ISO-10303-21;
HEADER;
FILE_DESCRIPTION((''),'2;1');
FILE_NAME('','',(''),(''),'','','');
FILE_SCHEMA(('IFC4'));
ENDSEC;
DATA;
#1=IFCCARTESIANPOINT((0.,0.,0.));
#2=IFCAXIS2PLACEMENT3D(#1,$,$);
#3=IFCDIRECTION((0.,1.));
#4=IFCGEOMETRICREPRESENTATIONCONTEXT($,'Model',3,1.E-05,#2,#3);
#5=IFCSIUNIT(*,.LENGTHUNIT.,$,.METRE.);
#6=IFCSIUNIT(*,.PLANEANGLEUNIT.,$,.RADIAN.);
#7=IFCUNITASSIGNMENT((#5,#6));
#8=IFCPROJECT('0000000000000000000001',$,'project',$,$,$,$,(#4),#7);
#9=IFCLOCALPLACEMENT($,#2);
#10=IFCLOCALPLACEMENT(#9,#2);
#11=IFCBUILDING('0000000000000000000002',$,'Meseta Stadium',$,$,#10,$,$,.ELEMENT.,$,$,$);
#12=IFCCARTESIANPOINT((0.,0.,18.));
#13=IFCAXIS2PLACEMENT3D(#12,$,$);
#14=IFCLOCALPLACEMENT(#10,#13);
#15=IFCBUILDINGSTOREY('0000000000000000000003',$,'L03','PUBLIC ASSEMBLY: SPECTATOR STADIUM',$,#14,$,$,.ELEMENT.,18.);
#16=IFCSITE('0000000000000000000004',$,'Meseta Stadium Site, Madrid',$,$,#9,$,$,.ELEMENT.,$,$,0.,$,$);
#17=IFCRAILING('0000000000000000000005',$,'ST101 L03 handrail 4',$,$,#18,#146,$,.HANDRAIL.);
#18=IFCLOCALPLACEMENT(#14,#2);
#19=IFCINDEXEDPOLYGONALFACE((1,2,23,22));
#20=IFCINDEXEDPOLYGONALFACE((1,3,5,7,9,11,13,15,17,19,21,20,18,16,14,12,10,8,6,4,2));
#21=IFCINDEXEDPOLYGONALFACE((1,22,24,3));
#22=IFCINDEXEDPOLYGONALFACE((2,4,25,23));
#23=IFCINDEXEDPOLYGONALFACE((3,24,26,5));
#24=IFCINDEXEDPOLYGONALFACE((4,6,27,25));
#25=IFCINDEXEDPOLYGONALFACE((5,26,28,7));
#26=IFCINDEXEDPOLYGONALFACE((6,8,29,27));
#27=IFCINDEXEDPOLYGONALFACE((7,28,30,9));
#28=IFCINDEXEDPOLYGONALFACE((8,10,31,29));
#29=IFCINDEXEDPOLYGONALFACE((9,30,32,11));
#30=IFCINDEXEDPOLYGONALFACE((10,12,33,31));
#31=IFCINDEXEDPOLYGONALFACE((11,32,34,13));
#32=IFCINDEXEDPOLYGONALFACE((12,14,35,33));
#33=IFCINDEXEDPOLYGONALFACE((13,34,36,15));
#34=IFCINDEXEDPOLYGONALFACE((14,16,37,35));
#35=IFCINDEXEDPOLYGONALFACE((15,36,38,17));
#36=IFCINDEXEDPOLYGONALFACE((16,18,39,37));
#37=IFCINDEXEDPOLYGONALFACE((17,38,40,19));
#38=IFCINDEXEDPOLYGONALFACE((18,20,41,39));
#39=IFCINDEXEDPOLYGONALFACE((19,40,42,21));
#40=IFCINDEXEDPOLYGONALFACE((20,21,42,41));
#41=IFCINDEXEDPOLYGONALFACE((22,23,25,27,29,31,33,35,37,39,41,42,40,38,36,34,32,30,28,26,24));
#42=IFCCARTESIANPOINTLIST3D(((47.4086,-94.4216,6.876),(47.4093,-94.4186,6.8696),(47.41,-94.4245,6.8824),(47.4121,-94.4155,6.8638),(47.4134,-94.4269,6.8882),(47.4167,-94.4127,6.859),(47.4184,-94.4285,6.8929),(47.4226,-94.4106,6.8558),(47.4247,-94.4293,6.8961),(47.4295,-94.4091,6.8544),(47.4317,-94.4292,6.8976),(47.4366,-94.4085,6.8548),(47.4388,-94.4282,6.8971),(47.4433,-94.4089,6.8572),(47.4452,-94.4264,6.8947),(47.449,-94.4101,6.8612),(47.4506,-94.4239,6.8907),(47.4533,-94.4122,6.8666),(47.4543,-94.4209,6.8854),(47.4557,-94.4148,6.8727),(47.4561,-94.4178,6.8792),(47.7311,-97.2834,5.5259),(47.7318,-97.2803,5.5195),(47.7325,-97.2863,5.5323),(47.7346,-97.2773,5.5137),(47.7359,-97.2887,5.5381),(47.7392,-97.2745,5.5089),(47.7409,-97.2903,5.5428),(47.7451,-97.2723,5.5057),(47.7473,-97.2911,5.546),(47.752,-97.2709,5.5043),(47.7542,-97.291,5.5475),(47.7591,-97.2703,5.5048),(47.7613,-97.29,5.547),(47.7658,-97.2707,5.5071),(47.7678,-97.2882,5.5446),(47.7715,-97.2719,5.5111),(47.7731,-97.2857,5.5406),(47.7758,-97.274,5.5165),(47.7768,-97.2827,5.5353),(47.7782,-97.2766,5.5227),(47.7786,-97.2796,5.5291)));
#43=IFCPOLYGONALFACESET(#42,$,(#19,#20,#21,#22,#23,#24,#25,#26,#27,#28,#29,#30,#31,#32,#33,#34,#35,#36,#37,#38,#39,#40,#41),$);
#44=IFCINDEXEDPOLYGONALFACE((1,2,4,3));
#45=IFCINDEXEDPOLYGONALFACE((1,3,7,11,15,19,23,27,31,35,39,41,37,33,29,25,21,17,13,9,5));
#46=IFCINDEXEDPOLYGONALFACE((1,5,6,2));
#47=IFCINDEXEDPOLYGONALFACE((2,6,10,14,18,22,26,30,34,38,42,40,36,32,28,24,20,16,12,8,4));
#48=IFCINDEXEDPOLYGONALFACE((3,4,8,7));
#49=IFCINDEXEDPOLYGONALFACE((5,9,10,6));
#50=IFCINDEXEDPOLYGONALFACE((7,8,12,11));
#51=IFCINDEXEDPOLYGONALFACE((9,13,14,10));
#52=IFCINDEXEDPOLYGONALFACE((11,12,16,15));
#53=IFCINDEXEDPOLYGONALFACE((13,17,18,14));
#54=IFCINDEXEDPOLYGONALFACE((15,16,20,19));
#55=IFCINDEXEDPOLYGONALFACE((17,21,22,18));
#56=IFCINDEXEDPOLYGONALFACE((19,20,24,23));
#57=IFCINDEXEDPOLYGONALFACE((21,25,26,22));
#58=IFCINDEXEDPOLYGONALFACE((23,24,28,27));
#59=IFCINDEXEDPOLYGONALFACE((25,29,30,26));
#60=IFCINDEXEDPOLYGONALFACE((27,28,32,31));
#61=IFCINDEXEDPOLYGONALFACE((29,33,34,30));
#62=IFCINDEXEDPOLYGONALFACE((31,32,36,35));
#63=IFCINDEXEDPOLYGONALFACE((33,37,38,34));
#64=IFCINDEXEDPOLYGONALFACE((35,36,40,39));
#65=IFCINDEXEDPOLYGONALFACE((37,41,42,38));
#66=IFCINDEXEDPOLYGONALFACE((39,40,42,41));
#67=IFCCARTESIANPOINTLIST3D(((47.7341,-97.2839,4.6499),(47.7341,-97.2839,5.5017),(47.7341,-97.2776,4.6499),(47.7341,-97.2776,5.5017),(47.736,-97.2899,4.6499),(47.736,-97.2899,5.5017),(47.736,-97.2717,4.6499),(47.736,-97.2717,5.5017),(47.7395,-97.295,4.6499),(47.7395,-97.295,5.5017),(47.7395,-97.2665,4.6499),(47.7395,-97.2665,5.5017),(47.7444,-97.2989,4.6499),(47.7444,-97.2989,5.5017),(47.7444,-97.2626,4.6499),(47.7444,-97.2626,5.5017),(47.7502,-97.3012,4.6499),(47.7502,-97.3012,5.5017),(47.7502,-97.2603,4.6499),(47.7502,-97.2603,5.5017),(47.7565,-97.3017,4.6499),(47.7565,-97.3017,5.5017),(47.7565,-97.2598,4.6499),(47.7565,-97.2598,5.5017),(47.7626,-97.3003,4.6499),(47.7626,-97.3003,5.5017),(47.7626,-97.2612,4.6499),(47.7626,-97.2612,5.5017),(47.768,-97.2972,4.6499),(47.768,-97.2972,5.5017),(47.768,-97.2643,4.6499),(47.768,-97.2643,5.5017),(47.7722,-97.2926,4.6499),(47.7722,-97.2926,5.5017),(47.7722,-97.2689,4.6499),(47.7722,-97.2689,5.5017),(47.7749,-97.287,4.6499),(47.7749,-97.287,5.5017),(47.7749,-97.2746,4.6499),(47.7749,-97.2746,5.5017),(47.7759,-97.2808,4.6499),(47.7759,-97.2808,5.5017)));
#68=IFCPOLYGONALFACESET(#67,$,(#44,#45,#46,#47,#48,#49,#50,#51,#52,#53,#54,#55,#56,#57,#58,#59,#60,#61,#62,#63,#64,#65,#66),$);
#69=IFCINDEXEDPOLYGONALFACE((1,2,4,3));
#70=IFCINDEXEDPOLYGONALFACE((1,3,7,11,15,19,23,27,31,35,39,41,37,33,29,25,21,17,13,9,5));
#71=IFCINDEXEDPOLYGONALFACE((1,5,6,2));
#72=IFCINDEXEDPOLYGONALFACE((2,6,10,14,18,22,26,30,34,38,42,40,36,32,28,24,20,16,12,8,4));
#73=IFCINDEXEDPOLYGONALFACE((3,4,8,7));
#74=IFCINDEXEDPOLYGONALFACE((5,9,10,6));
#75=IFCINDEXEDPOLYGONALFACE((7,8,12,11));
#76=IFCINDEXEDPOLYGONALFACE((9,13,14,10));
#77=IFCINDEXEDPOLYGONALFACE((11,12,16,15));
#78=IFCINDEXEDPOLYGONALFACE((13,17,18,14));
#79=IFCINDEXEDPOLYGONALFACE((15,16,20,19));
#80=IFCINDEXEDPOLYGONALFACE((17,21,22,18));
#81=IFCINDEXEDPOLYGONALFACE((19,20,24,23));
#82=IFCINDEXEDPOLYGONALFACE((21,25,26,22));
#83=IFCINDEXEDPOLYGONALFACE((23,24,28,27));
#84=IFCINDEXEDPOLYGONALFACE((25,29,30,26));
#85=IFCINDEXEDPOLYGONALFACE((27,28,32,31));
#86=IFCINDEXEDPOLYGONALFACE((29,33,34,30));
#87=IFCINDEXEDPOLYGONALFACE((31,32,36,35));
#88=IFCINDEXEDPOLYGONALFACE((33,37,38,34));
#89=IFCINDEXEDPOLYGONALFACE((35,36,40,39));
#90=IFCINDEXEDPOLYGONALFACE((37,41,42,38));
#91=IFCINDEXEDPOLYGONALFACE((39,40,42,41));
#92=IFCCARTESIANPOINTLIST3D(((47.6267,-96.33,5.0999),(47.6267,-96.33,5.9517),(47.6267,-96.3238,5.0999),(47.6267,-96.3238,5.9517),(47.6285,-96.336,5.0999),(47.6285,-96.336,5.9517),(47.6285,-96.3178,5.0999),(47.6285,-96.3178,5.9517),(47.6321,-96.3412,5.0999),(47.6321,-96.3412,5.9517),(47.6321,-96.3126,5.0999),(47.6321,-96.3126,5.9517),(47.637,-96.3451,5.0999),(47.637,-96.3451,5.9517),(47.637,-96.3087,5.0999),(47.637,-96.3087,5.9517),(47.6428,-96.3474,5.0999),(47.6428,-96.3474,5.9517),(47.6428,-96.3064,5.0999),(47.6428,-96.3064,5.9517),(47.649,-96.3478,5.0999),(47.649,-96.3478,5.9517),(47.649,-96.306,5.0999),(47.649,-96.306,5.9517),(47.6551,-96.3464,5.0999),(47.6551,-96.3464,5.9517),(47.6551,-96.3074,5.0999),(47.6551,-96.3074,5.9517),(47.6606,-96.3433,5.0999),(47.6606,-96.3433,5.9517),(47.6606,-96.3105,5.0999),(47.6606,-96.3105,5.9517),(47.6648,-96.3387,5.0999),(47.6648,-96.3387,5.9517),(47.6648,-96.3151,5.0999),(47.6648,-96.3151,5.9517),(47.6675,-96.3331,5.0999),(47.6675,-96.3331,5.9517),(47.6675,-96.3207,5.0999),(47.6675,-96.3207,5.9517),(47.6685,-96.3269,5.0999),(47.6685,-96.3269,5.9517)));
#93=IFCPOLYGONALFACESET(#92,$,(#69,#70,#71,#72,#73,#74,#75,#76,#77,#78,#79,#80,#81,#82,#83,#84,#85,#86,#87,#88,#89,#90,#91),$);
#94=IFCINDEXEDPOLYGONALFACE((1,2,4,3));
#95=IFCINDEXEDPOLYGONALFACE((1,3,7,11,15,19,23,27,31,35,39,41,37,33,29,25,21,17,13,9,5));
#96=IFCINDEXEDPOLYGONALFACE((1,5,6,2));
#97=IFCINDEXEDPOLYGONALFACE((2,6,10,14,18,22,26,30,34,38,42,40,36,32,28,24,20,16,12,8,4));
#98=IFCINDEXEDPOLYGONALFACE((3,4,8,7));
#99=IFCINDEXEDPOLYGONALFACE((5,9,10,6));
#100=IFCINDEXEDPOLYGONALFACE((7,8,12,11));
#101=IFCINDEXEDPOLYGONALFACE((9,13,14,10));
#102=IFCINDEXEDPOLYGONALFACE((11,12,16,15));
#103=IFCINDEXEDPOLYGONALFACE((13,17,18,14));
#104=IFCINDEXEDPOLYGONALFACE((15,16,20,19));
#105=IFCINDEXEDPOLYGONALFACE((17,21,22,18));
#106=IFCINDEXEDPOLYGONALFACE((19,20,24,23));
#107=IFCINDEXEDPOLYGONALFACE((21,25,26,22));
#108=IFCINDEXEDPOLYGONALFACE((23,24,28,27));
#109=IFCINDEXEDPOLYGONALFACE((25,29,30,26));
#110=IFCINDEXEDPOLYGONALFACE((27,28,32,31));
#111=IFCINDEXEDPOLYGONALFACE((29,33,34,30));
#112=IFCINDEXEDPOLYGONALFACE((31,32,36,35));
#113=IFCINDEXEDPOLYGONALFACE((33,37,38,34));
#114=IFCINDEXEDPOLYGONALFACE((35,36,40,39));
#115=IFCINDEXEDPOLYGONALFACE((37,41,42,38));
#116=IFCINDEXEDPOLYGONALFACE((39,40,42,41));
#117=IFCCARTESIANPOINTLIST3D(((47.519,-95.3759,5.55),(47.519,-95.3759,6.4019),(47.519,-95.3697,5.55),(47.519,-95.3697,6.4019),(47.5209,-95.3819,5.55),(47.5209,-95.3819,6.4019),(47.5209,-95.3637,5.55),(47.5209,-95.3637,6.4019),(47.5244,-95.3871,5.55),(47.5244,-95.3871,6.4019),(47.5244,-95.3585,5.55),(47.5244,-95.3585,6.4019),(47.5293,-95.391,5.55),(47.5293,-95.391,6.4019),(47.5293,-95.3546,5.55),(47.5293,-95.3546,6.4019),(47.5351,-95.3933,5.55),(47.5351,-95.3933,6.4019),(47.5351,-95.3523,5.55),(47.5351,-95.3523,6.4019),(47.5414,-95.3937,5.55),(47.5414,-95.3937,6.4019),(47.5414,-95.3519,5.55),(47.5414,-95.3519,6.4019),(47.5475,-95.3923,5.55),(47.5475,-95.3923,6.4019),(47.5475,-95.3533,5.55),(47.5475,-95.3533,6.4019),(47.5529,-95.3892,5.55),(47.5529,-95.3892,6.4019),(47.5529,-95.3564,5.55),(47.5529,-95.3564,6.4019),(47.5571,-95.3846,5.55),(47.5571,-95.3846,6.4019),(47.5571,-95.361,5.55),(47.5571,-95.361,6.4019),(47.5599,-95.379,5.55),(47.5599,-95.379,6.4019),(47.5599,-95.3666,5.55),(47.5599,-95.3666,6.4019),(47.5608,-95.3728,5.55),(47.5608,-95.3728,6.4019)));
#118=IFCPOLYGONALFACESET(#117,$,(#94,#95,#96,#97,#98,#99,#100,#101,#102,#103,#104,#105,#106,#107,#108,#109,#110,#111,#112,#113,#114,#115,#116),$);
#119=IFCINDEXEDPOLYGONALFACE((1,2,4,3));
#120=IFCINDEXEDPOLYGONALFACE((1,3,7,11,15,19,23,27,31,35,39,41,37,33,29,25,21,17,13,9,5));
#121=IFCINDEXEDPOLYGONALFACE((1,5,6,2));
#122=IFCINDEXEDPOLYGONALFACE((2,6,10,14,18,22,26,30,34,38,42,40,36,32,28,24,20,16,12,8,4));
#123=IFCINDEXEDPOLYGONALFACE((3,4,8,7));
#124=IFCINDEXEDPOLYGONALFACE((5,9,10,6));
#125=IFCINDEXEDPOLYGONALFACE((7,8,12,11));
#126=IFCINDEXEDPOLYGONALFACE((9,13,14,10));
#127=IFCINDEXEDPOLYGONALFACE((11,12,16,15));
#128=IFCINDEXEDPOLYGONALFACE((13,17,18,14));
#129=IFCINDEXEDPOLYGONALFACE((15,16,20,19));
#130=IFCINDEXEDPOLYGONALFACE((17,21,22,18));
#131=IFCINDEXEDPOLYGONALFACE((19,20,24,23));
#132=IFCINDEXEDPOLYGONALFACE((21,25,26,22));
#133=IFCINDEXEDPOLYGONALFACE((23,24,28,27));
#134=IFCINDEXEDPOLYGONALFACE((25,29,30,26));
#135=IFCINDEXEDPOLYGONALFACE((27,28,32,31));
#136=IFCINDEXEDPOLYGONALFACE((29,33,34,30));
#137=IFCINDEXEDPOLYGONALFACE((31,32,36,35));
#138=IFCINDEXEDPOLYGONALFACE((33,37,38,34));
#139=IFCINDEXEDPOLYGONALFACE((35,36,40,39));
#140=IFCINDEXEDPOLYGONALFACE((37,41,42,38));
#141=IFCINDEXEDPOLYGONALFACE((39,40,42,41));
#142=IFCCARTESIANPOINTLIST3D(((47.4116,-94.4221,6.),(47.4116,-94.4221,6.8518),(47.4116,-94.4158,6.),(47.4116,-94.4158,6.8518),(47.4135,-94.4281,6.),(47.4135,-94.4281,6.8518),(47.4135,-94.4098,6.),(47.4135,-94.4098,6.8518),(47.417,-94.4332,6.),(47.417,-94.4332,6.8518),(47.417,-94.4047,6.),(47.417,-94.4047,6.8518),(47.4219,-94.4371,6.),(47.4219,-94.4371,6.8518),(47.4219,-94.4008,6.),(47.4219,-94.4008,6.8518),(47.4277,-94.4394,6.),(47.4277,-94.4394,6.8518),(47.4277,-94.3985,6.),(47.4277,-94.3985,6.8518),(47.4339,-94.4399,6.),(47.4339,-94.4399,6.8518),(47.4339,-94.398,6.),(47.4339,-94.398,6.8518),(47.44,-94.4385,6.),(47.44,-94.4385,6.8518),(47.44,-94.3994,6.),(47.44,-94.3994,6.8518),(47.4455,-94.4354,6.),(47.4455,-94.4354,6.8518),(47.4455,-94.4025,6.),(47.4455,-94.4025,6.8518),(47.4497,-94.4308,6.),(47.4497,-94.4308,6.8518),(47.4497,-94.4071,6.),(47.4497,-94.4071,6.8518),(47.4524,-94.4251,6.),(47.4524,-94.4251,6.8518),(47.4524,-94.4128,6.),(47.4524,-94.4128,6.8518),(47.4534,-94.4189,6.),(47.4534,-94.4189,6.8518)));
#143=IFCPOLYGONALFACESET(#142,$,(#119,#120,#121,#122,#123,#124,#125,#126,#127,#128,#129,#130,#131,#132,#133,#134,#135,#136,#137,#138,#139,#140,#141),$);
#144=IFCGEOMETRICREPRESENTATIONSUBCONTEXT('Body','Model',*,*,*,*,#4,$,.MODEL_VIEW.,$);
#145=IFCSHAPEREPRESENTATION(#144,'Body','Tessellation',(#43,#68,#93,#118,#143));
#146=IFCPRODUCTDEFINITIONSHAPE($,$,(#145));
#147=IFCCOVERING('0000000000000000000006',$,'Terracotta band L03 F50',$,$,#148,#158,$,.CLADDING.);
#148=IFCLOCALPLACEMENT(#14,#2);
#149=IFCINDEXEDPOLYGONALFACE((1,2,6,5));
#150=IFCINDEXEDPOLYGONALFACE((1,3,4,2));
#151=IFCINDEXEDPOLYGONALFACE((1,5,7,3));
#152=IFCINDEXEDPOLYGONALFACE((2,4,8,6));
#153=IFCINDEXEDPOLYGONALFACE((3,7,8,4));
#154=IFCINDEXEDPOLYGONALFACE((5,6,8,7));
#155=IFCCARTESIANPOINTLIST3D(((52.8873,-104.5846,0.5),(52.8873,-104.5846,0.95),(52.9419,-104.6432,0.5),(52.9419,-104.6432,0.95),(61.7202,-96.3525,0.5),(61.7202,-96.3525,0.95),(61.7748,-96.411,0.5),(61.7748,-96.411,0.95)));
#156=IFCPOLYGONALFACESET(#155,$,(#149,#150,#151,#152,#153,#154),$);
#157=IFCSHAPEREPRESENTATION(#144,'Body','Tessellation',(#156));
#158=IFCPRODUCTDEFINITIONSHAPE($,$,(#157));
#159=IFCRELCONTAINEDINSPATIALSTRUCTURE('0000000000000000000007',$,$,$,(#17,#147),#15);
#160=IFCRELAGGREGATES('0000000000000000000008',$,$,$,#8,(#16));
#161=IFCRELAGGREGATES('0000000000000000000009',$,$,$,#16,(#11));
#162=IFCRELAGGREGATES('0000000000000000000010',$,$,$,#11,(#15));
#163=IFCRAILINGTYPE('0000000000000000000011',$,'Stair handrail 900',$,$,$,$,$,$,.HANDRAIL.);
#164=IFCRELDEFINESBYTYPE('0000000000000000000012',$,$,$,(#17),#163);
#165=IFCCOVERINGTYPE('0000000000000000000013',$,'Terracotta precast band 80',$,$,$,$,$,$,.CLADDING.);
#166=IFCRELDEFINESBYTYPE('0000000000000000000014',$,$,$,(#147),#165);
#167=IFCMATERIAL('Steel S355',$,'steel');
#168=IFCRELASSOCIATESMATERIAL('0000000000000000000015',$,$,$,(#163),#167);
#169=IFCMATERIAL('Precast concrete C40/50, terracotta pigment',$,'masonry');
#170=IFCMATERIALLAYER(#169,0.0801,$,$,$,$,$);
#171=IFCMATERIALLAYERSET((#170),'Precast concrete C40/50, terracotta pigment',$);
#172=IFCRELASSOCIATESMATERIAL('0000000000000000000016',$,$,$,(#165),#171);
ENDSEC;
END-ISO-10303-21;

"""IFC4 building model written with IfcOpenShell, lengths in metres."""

from ifc_helpers import new_model, si_unit, direction, frame, origin, origin_2d, place, context, subcontext, project, spatial, rectangle, circle, extrude, material, layer, layer_set, type_object, element, save


model = new_model("IFC4")

# Units and contexts
model_context = context("Model", 3, precision=1e-05, world=origin(), true_north=direction((0.0, 1.0)))
body_context = subcontext(model_context, "Body", "Model", "MODEL_VIEW")
ifc_project = project(units=[si_unit("LENGTHUNIT", "METRE"), si_unit("PLANEANGLEUNIT", "RADIAN")], contexts=[model_context])

# Site, building, storey
site_placement = place(None, origin())
site = spatial("IfcSite", under=ifc_project, at=site_placement, Name="Meseta Stadium Site, Madrid", CompositionType="ELEMENT", RefElevation=0.0)
building_placement = place(site_placement, origin())
building = spatial("IfcBuilding", under=site, at=building_placement, Name="Meseta Stadium", CompositionType="ELEMENT")
storey_placement = place(building_placement, frame((0.0, 0.0, 18.0)))
storey = spatial("IfcBuildingStorey", under=building, at=storey_placement, Name="L03", Description="PUBLIC ASSEMBLY: SPECTATOR STADIUM", CompositionType="ELEMENT", Elevation=18.0)

# Railing
ifc_material_1 = material(Name="Steel S355", Category="steel")
railing_type_1 = type_object("IfcRailingType", Name="Stair handrail 900", PredefinedType="HANDRAIL", material=ifc_material_1)
for number, where, name in (
    (1, (47.7549, -97.2808, 4.6499), "ST101 L03 handrail 4"),
):
    element("IfcRailing", number, at=place(storey_placement, frame(where)), inside=storey, type_object=railing_type_1, Name=name, PredefinedType="HANDRAIL", context=body_context, shape_type="SweptSolid", body=[
        extrude(circle(Radius=0.0239, at=origin_2d()), frame((0.0, 0.0, 0.876), z_axis=(-0.101396, 0.899748, 0.424467), x_axis=(-0.99371, -0.111985, 0.0)), (0.0, 0.0, 1.0), 3.1807),
        extrude(circle(Radius=0.021, at=origin_2d()), origin(), (0.0, 0.0, 1.0), 0.8518),
        extrude(circle(Radius=0.021, at=origin_2d()), frame((-0.1074, 0.9539, 0.45)), (0.0, 0.0, 1.0), 0.8518),
        extrude(circle(Radius=0.021, at=origin_2d()), frame((-0.2151, 1.908, 0.9001)), (0.0, 0.0, 1.0), 0.8518),
        extrude(circle(Radius=0.021, at=origin_2d()), frame((-0.3225, 2.8618, 1.3501)), (0.0, 0.0, 1.0), 0.8518),
    ])

# Covering
ifc_material_2 = material(Name="Precast concrete C40/50, terracotta pigment", Category="masonry")
ifc_layer_1 = layer(ifc_material_2, 0.0801)
ifc_layer_set_1 = layer_set([ifc_layer_1], Name="Precast concrete C40/50, terracotta pigment")
covering_type_1 = type_object("IfcCoveringType", Name="Terracotta precast band 80", PredefinedType="CLADDING", material=ifc_layer_set_1)
covering_1_placement = place(storey_placement, frame((57.3311, -100.4978, 0.5), z_axis=(0.0, 0.0, 1.0), x_axis=(-0.731545, -0.681793, 0.0)))
element("IfcCovering", 2, at=covering_1_placement, inside=storey, type_object=covering_type_1, Name="Terracotta band L03 F50", PredefinedType="CLADDING", context=body_context, shape_type="SweptSolid", body=[
    extrude(rectangle(XDim=12.0742, YDim=0.0801, at=origin_2d()), origin(), (0.0, 0.0, 1.0), 0.45),
])

save(model, "model.ifc")
